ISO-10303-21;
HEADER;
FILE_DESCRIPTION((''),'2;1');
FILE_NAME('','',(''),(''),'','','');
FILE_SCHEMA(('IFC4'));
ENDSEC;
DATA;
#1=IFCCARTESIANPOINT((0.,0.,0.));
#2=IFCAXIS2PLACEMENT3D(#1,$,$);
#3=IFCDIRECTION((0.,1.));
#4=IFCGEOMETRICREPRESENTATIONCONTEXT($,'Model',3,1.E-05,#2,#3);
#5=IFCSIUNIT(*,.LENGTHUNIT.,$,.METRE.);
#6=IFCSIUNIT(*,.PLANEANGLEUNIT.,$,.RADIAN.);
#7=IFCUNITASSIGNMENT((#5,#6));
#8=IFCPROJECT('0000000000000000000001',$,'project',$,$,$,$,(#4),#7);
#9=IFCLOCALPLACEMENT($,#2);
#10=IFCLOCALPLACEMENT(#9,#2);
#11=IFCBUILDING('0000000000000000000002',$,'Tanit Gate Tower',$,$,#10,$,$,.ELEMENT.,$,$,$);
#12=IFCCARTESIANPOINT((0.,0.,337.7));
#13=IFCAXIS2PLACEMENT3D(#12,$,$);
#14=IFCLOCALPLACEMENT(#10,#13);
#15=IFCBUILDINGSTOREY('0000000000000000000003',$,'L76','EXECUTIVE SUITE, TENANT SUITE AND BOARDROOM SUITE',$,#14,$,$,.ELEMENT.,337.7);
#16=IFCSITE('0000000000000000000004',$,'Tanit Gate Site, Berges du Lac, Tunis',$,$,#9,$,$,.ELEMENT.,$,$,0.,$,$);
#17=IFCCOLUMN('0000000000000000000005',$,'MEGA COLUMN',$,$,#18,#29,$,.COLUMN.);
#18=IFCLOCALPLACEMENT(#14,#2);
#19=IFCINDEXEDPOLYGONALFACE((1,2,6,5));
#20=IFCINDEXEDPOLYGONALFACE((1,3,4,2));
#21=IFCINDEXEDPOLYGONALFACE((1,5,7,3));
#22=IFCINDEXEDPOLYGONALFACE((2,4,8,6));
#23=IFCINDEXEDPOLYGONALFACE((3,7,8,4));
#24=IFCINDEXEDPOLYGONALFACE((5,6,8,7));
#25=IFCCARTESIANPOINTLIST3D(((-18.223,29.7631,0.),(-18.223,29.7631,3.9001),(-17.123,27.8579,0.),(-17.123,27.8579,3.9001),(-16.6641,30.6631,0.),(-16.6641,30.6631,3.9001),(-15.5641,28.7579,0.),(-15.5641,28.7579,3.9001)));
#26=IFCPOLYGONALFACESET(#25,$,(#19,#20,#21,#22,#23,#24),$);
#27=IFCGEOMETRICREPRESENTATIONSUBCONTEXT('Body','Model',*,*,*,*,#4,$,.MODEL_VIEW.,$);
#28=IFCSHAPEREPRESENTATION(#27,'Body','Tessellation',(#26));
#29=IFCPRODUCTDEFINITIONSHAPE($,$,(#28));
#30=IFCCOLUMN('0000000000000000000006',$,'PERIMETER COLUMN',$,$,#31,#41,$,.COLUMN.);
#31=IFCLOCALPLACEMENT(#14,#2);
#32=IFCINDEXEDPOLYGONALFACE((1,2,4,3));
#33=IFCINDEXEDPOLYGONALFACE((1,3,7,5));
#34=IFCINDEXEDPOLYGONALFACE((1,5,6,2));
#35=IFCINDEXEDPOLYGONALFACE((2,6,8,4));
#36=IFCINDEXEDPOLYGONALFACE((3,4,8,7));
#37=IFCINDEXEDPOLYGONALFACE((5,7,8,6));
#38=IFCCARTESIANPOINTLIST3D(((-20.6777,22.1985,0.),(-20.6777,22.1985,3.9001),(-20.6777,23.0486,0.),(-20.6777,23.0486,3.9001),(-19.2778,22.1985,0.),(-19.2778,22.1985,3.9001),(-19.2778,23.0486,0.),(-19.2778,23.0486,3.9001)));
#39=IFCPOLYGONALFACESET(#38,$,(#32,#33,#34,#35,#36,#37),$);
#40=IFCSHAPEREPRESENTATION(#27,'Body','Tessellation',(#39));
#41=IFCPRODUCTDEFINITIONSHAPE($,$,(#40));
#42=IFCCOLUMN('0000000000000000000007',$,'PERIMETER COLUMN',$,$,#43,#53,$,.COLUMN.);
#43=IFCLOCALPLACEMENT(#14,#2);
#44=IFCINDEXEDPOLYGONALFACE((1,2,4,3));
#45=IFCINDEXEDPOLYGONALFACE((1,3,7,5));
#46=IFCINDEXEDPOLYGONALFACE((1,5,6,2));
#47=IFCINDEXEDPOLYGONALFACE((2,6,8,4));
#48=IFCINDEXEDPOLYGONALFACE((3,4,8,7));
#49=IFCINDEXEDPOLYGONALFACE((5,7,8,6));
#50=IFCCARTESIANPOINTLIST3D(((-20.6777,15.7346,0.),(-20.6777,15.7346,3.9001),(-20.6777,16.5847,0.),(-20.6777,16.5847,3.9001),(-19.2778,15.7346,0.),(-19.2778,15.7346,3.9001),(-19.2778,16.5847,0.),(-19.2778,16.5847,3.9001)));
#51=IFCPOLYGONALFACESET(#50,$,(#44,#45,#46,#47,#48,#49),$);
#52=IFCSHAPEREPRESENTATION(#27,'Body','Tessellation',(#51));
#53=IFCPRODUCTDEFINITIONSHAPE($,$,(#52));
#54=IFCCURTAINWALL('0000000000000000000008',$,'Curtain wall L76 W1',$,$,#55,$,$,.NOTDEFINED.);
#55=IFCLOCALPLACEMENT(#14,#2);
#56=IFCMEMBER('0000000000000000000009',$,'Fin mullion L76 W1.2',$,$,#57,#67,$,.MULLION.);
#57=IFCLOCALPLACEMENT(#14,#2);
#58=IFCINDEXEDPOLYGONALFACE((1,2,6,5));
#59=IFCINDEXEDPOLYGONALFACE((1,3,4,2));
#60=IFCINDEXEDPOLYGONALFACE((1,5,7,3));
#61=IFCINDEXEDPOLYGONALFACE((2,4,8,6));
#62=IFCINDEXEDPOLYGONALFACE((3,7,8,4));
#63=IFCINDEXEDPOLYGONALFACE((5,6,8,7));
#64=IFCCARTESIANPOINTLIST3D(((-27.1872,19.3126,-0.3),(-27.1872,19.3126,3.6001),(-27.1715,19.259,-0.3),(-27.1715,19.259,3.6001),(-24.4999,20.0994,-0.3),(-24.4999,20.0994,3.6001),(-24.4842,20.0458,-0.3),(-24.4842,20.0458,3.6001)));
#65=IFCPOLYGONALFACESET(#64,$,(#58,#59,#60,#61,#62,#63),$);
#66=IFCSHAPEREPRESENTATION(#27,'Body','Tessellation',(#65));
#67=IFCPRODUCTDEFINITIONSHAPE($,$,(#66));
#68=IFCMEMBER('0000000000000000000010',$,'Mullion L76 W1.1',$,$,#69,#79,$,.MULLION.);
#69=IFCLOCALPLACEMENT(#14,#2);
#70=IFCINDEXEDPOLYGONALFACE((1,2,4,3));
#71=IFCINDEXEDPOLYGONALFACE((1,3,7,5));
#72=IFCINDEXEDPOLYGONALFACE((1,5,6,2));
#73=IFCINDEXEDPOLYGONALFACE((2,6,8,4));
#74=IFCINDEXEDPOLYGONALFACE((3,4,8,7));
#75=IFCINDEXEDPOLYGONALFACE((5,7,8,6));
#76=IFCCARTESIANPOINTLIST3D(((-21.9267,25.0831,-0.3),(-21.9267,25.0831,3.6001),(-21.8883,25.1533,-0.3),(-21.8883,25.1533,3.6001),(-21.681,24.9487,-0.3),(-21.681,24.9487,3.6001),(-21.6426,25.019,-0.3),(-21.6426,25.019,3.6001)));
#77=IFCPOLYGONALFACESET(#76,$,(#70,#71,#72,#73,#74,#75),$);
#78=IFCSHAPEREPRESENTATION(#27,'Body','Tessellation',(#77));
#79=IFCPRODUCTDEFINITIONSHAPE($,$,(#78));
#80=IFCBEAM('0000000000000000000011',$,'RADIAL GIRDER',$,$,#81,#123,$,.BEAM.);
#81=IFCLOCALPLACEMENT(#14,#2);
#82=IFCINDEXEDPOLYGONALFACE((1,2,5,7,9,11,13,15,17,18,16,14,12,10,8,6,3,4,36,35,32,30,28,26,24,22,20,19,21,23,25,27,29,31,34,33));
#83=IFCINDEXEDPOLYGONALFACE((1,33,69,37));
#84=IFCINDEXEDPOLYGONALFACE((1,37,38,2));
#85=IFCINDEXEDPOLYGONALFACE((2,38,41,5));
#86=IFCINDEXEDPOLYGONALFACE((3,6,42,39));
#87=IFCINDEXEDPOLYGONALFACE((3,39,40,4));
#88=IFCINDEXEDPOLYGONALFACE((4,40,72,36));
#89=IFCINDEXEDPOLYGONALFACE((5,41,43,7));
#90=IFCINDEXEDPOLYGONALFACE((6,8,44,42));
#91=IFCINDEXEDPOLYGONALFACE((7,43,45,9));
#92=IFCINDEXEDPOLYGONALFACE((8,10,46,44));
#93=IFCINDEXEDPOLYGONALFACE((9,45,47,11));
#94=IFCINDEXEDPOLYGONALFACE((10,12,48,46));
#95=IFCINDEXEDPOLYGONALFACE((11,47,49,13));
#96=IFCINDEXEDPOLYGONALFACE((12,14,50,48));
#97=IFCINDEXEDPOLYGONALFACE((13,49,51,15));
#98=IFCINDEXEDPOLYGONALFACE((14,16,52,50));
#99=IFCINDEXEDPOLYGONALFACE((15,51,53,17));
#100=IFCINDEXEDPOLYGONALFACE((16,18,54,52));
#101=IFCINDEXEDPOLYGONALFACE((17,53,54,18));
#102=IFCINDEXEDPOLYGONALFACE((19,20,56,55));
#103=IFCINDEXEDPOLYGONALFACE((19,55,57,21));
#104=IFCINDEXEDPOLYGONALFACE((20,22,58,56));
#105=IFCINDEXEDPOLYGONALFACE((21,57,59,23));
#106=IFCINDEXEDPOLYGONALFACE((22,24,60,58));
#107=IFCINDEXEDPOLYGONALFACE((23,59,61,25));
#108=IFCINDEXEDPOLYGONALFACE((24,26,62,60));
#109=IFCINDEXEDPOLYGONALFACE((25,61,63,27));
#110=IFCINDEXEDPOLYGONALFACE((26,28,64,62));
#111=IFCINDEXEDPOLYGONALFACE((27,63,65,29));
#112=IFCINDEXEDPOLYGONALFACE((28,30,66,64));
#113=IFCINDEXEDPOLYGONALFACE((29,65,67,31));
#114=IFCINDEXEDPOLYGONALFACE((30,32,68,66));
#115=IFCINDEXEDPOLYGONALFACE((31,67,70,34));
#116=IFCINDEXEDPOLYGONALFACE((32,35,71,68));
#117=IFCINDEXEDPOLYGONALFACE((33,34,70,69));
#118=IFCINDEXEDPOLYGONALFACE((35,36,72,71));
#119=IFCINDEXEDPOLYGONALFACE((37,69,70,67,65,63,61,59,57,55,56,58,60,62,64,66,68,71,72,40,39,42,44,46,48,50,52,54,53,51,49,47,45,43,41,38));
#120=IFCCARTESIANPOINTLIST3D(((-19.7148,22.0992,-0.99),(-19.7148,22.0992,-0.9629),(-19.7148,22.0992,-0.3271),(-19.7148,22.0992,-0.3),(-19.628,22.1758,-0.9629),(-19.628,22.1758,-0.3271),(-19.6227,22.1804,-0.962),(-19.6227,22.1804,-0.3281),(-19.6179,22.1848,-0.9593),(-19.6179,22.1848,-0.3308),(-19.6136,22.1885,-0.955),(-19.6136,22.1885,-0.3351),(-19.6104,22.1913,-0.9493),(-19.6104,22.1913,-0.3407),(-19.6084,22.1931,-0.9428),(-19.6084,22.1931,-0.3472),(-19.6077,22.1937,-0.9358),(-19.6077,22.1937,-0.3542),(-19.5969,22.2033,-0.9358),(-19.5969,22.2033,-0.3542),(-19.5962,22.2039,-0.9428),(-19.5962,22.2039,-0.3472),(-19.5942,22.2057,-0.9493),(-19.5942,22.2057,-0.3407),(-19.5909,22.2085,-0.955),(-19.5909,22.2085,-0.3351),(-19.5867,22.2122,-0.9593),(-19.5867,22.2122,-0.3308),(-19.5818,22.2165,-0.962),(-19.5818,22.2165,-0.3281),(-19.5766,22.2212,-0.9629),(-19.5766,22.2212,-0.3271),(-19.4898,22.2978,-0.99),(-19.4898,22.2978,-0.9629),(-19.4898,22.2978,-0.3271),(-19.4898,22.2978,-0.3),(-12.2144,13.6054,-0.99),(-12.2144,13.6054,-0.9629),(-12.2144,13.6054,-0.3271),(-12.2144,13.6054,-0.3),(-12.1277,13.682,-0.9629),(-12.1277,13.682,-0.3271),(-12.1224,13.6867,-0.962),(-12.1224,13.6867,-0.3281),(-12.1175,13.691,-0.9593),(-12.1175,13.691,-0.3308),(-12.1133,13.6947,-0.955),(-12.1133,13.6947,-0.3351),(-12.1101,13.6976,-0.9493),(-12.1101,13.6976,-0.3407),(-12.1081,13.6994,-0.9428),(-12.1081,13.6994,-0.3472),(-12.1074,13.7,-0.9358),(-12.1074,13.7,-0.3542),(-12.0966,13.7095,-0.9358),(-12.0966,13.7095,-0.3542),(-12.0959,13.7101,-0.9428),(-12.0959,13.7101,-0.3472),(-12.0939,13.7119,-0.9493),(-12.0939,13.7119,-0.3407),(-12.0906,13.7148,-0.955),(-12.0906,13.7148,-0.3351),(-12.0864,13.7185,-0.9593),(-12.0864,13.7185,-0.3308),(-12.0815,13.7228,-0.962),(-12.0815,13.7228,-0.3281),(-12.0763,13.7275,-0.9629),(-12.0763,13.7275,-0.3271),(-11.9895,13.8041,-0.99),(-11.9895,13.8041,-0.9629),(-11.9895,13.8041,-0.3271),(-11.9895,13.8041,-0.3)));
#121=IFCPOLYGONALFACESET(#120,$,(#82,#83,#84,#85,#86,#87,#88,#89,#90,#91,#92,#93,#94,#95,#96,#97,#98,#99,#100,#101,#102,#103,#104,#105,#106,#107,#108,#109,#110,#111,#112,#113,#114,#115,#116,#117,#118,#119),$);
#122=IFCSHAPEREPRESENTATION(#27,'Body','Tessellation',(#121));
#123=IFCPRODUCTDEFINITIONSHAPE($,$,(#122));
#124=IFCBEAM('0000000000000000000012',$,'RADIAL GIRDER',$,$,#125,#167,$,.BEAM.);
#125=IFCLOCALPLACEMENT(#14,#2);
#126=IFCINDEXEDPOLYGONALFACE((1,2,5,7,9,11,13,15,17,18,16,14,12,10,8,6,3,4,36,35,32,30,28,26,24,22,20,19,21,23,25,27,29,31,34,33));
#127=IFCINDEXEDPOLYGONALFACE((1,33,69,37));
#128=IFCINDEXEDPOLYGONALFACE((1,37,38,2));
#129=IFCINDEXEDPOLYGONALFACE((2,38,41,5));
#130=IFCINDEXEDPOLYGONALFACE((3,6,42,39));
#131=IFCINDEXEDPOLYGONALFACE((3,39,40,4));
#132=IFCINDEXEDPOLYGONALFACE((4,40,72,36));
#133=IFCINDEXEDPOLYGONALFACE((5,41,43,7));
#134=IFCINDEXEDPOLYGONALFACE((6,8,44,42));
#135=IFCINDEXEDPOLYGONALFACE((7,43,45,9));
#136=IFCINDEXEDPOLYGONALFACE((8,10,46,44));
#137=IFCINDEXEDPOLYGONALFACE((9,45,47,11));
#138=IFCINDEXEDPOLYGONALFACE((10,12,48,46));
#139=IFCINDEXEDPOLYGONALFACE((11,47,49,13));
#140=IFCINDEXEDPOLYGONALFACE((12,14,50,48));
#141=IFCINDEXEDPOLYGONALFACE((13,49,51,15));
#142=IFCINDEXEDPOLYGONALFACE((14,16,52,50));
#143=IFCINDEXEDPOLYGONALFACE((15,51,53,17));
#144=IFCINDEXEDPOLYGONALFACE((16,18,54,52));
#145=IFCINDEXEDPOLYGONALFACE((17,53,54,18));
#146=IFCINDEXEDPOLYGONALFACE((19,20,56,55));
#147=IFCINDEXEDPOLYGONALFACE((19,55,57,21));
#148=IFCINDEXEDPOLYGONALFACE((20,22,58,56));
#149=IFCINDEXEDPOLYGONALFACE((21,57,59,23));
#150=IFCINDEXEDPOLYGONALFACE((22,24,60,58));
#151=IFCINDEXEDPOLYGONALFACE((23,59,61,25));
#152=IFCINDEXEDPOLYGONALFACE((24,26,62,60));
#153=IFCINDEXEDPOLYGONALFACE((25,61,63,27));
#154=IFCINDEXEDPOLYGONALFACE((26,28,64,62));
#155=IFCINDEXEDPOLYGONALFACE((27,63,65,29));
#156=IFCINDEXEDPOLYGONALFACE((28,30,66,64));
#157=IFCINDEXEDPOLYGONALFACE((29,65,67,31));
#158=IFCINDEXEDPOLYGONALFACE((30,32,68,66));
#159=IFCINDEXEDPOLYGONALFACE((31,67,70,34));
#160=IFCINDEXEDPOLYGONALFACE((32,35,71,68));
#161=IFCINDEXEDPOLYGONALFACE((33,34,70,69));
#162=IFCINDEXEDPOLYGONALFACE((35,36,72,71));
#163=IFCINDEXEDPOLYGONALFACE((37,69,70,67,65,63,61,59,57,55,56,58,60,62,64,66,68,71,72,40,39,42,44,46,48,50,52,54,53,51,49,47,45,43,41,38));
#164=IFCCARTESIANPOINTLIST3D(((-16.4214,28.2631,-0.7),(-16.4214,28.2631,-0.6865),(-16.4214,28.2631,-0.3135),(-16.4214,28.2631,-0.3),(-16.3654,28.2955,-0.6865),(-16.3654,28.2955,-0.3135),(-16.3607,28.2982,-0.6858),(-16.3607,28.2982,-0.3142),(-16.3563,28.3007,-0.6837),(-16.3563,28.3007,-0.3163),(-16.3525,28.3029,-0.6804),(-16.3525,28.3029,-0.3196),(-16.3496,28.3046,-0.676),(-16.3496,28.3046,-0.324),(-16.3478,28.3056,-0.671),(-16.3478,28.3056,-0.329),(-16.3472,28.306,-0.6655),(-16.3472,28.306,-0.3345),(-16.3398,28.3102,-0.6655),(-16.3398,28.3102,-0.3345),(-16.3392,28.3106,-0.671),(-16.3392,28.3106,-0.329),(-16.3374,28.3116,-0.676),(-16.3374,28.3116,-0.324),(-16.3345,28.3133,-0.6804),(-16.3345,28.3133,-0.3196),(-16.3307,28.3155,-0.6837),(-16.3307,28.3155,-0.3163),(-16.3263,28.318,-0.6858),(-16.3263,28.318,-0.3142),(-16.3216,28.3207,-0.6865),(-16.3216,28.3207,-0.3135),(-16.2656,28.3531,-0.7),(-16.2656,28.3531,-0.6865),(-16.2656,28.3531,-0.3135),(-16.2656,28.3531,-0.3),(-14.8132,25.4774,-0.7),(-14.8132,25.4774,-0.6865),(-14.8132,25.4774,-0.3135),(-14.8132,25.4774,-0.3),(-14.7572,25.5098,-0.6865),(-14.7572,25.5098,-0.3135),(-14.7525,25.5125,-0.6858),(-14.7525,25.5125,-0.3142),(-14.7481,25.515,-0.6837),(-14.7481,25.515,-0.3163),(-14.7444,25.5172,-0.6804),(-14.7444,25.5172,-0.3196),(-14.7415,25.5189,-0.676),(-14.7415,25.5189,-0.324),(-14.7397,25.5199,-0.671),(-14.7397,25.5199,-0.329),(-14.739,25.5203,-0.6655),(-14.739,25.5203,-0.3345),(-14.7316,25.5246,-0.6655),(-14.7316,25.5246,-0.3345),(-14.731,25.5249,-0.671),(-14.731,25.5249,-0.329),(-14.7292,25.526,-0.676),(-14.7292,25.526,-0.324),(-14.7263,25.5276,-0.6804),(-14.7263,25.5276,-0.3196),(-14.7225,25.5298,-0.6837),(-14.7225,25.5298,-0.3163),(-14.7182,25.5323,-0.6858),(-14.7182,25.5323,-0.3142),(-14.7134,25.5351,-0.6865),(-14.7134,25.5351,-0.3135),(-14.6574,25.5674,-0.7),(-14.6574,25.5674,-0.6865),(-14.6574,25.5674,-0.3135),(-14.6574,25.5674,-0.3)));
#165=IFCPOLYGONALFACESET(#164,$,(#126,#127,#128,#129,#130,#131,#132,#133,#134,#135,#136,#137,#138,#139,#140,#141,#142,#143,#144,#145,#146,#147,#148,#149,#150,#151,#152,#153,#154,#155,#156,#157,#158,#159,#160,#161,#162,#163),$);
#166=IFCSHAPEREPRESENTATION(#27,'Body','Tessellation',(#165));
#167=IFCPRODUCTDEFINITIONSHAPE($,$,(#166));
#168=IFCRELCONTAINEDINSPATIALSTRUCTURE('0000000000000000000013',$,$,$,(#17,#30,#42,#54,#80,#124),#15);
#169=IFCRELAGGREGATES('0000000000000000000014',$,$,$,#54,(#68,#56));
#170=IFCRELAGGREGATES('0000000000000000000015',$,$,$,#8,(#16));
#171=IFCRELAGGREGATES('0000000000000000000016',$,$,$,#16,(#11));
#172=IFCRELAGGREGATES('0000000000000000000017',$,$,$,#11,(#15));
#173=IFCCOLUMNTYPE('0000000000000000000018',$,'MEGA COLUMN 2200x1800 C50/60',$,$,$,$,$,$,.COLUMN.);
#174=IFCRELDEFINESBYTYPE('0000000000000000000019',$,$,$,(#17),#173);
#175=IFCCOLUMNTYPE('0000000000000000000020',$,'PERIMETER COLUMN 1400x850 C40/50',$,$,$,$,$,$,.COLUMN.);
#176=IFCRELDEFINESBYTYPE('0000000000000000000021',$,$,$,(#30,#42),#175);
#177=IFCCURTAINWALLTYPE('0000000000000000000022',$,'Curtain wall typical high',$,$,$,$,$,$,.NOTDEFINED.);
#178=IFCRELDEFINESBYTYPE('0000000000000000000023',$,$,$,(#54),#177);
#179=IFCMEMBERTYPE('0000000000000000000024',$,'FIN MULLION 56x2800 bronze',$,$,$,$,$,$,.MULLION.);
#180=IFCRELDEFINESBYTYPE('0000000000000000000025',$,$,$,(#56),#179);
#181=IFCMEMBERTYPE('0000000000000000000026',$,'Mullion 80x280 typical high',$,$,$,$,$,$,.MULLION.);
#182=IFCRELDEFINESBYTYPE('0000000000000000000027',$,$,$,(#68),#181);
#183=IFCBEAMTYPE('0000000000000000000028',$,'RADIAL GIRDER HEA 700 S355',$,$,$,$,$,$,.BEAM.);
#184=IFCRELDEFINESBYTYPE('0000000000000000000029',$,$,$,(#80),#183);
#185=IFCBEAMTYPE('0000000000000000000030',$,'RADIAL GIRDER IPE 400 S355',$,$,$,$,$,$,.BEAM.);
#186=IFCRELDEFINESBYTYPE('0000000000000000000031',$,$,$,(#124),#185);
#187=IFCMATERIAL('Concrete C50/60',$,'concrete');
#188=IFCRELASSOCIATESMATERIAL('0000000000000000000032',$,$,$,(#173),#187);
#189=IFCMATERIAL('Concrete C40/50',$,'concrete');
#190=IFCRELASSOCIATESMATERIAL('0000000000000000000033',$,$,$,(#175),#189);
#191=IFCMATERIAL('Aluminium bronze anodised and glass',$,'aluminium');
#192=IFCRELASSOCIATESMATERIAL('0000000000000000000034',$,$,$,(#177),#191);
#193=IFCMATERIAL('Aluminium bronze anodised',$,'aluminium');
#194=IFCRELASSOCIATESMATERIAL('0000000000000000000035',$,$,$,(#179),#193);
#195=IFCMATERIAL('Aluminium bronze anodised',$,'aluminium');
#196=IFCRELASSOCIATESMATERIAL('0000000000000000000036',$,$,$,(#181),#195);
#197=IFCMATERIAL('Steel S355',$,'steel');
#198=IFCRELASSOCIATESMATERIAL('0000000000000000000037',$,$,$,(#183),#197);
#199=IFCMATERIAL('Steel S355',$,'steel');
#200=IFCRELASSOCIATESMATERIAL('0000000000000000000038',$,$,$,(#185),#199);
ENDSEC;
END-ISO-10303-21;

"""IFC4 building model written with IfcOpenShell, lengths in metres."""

from ifc_helpers import new_model, si_unit, direction, frame, origin, origin_2d, place, context, subcontext, project, spatial, rectangle, i_section, extrude, material, material_profile, profile_set, type_object, element, aggregate, save


model = new_model("IFC4")

# Units and contexts
model_context = context("Model", 3, precision=1e-05, world=origin(), true_north=direction((0.0, 1.0)))
body_context = subcontext(model_context, "Body", "Model", "MODEL_VIEW")
ifc_project = project(units=[si_unit("LENGTHUNIT", "METRE"), si_unit("PLANEANGLEUNIT", "RADIAN")], contexts=[model_context])

# Site, building, storey
site_placement = place(None, origin())
site = spatial("IfcSite", under=ifc_project, at=site_placement, Name="Tanit Gate Site, Berges du Lac, Tunis", CompositionType="ELEMENT", RefElevation=0.0)
building_placement = place(site_placement, origin())
building = spatial("IfcBuilding", under=site, at=building_placement, Name="Tanit Gate Tower", CompositionType="ELEMENT")
storey_placement = place(building_placement, frame((0.0, 0.0, 337.7)))
storey = spatial("IfcBuildingStorey", under=building, at=storey_placement, Name="L76", Description="EXECUTIVE SUITE, TENANT SUITE AND BOARDROOM SUITE", CompositionType="ELEMENT", Elevation=337.7)

# Columns
ifc_material_1 = material(Name="Concrete C50/60", Category="concrete")
ifc_material_profile_1 = material_profile(ifc_material_1, rectangle(XDim=2.2, YDim=1.8, at=origin_2d()), Name="RC 2200x1800")
ifc_profile_set_1 = profile_set([ifc_material_profile_1], Name="Concrete C50/60")
column_type_1 = type_object("IfcColumnType", Name="MEGA COLUMN 2200x1800 C50/60", PredefinedType="COLUMN", material=ifc_profile_set_1)
column_placement = place(storey_placement, frame((-16.8936, 29.2605, 0.0), z_axis=(0.0, 0.0, 1.0), x_axis=(-0.5, 0.866025, 0.0)))
element("IfcColumn", 1, at=column_placement, inside=storey, type_object=column_type_1, Name="MEGA COLUMN", PredefinedType="COLUMN", context=body_context, shape_type="SweptSolid", body=[
    extrude(rectangle(XDim=2.2, YDim=1.8, at=origin_2d()), origin(), (0.0, 0.0, 1.0), 3.9001),
])
ifc_material_2 = material(Name="Concrete C40/50", Category="concrete")
ifc_material_profile_2 = material_profile(ifc_material_2, rectangle(XDim=1.3999, YDim=0.8501, at=origin_2d()), Name="RC 1400x850")
ifc_profile_set_2 = profile_set([ifc_material_profile_2], Name="Concrete C40/50")
column_type_2 = type_object("IfcColumnType", Name="PERIMETER COLUMN 1400x850 C40/50", PredefinedType="COLUMN", material=ifc_profile_set_2)
for number, where, z_axis, x_axis, name in (
    (2, (-19.9778, 22.6235, 0.0), (0.0, 0.0, 1.0), (-1.0, 0.0, 0.0), "PERIMETER COLUMN"),
    (3, (-19.9778, 16.1597, 0.0), (0.0, 0.0, 1.0), (-1.0, 0.0, 0.0), "PERIMETER COLUMN"),
):
    element("IfcColumn", number, at=place(storey_placement, frame(where, z_axis=z_axis, x_axis=x_axis)), inside=storey, type_object=column_type_2, Name=name, PredefinedType="COLUMN", context=body_context, shape_type="SweptSolid", body=[
        extrude(rectangle(XDim=1.3999, YDim=0.8501, at=origin_2d()), origin(), (0.0, 0.0, 1.0), 3.9001),
    ])

# Curtain wall, members
ifc_material_3 = material(Name="Aluminium bronze anodised and glass", Category="aluminium")
curtain_wall_type = type_object("IfcCurtainWallType", Name="Curtain wall typical high", PredefinedType="NOTDEFINED", material=ifc_material_3)
curtain_wall_placement = place(storey_placement, origin())
curtain_wall = element("IfcCurtainWall", 4, at=curtain_wall_placement, inside=storey, type_object=curtain_wall_type, Name="Curtain wall L76 W1", PredefinedType="NOTDEFINED")
ifc_material_4 = material(Name="Aluminium bronze anodised", Category="aluminium")
ifc_material_profile_3 = material_profile(ifc_material_4, rectangle(XDim=2.8, YDim=0.0559, at=origin_2d()), Name="56x2800 bronze fin mullion")
ifc_profile_set_3 = profile_set([ifc_material_profile_3], Name="Aluminium bronze anodised")
member_type_1 = type_object("IfcMemberType", Name="FIN MULLION 56x2800 bronze", PredefinedType="MULLION", material=ifc_profile_set_3)
member_1_placement = place(storey_placement, frame((-25.8357, 19.6792, -0.3), z_axis=(0.0, 0.0, 1.0), x_axis=(0.959706, 0.281005, 0.0)))
member_1 = element("IfcMember", 5, at=member_1_placement, type_object=member_type_1, Name="Fin mullion L76 W1.2", PredefinedType="MULLION", context=body_context, shape_type="SweptSolid", body=[
    extrude(rectangle(XDim=2.8, YDim=0.0559, at=origin_2d()), origin(), (0.0, 0.0, 1.0), 3.9001),
])
ifc_material_5 = material(Name="Aluminium bronze anodised", Category="aluminium")
ifc_material_profile_4 = material_profile(ifc_material_5, rectangle(XDim=0.28, YDim=0.0801, at=origin_2d()), Name="80x280 bronze mullion")
ifc_profile_set_4 = profile_set([ifc_material_profile_4], Name="Aluminium bronze anodised")
member_type_2 = type_object("IfcMemberType", Name="Mullion 80x280 typical high", PredefinedType="MULLION", material=ifc_profile_set_4)
member_2_placement = place(storey_placement, frame((-21.7847, 25.051, -0.3), z_axis=(0.0, 0.0, 1.0), x_axis=(0.877315, -0.479914, 0.0)))
member_2 = element("IfcMember", 6, at=member_2_placement, type_object=member_type_2, Name="Mullion L76 W1.1", PredefinedType="MULLION", context=body_context, shape_type="SweptSolid", body=[
    extrude(rectangle(XDim=0.28, YDim=0.0801, at=origin_2d()), origin(), (0.0, 0.0, 1.0), 3.9001),
])

# Beams
ifc_material_6 = material(Name="Steel S355", Category="steel")
ifc_material_profile_5 = material_profile(ifc_material_6, i_section(OverallWidth=0.3, OverallDepth=0.6899, WebThickness=0.0144, FlangeThickness=0.0271, FilletRadius=0.0271, at=origin_2d()), Name="HEA 700")
ifc_profile_set_5 = profile_set([ifc_material_profile_5], Name="Steel S355")
beam_type_1 = type_object("IfcBeamType", Name="RADIAL GIRDER HEA 700 S355", PredefinedType="BEAM", material=ifc_profile_set_5)
beam_1_placement = place(storey_placement, frame((-19.6023, 22.1985, -0.645), z_axis=(0.661912, -0.749582, 0.0), x_axis=(0.749582, 0.661912, 0.0)))
element("IfcBeam", 7, at=beam_1_placement, inside=storey, type_object=beam_type_1, Name="RADIAL GIRDER", PredefinedType="BEAM", context=body_context, shape_type="SweptSolid", body=[
    extrude(i_section(OverallWidth=0.3, OverallDepth=0.6899, WebThickness=0.0144, FlangeThickness=0.0271, FilletRadius=0.0271, at=origin_2d()), origin(), (0.0, 0.0, 1.0), 11.3313),
])
ifc_material_7 = material(Name="Steel S355", Category="steel")
ifc_material_profile_6 = material_profile(ifc_material_7, i_section(OverallWidth=0.1799, OverallDepth=0.3999, WebThickness=0.0085, FlangeThickness=0.0134, FilletRadius=0.021, at=origin_2d()), Name="IPE 400")
ifc_profile_set_6 = profile_set([ifc_material_profile_6], Name="Steel S355")
beam_type_2 = type_object("IfcBeamType", Name="RADIAL GIRDER IPE 400 S355", PredefinedType="BEAM", material=ifc_profile_set_6)
beam_2_placement = place(storey_placement, frame((-16.3435, 28.3081, -0.5), z_axis=(0.499968, -0.866044, 0.0), x_axis=(0.866044, 0.499968, 0.0)))
element("IfcBeam", 8, at=beam_2_placement, inside=storey, type_object=beam_type_2, Name="RADIAL GIRDER", PredefinedType="BEAM", context=body_context, shape_type="SweptSolid", body=[
    extrude(i_section(OverallWidth=0.1799, OverallDepth=0.3999, WebThickness=0.0085, FlangeThickness=0.0134, FilletRadius=0.021, at=origin_2d()), origin(), (0.0, 0.0, 1.0), 3.2166),
])

aggregate(curtain_wall, [member_2, member_1])

save(model, "model.ifc")
